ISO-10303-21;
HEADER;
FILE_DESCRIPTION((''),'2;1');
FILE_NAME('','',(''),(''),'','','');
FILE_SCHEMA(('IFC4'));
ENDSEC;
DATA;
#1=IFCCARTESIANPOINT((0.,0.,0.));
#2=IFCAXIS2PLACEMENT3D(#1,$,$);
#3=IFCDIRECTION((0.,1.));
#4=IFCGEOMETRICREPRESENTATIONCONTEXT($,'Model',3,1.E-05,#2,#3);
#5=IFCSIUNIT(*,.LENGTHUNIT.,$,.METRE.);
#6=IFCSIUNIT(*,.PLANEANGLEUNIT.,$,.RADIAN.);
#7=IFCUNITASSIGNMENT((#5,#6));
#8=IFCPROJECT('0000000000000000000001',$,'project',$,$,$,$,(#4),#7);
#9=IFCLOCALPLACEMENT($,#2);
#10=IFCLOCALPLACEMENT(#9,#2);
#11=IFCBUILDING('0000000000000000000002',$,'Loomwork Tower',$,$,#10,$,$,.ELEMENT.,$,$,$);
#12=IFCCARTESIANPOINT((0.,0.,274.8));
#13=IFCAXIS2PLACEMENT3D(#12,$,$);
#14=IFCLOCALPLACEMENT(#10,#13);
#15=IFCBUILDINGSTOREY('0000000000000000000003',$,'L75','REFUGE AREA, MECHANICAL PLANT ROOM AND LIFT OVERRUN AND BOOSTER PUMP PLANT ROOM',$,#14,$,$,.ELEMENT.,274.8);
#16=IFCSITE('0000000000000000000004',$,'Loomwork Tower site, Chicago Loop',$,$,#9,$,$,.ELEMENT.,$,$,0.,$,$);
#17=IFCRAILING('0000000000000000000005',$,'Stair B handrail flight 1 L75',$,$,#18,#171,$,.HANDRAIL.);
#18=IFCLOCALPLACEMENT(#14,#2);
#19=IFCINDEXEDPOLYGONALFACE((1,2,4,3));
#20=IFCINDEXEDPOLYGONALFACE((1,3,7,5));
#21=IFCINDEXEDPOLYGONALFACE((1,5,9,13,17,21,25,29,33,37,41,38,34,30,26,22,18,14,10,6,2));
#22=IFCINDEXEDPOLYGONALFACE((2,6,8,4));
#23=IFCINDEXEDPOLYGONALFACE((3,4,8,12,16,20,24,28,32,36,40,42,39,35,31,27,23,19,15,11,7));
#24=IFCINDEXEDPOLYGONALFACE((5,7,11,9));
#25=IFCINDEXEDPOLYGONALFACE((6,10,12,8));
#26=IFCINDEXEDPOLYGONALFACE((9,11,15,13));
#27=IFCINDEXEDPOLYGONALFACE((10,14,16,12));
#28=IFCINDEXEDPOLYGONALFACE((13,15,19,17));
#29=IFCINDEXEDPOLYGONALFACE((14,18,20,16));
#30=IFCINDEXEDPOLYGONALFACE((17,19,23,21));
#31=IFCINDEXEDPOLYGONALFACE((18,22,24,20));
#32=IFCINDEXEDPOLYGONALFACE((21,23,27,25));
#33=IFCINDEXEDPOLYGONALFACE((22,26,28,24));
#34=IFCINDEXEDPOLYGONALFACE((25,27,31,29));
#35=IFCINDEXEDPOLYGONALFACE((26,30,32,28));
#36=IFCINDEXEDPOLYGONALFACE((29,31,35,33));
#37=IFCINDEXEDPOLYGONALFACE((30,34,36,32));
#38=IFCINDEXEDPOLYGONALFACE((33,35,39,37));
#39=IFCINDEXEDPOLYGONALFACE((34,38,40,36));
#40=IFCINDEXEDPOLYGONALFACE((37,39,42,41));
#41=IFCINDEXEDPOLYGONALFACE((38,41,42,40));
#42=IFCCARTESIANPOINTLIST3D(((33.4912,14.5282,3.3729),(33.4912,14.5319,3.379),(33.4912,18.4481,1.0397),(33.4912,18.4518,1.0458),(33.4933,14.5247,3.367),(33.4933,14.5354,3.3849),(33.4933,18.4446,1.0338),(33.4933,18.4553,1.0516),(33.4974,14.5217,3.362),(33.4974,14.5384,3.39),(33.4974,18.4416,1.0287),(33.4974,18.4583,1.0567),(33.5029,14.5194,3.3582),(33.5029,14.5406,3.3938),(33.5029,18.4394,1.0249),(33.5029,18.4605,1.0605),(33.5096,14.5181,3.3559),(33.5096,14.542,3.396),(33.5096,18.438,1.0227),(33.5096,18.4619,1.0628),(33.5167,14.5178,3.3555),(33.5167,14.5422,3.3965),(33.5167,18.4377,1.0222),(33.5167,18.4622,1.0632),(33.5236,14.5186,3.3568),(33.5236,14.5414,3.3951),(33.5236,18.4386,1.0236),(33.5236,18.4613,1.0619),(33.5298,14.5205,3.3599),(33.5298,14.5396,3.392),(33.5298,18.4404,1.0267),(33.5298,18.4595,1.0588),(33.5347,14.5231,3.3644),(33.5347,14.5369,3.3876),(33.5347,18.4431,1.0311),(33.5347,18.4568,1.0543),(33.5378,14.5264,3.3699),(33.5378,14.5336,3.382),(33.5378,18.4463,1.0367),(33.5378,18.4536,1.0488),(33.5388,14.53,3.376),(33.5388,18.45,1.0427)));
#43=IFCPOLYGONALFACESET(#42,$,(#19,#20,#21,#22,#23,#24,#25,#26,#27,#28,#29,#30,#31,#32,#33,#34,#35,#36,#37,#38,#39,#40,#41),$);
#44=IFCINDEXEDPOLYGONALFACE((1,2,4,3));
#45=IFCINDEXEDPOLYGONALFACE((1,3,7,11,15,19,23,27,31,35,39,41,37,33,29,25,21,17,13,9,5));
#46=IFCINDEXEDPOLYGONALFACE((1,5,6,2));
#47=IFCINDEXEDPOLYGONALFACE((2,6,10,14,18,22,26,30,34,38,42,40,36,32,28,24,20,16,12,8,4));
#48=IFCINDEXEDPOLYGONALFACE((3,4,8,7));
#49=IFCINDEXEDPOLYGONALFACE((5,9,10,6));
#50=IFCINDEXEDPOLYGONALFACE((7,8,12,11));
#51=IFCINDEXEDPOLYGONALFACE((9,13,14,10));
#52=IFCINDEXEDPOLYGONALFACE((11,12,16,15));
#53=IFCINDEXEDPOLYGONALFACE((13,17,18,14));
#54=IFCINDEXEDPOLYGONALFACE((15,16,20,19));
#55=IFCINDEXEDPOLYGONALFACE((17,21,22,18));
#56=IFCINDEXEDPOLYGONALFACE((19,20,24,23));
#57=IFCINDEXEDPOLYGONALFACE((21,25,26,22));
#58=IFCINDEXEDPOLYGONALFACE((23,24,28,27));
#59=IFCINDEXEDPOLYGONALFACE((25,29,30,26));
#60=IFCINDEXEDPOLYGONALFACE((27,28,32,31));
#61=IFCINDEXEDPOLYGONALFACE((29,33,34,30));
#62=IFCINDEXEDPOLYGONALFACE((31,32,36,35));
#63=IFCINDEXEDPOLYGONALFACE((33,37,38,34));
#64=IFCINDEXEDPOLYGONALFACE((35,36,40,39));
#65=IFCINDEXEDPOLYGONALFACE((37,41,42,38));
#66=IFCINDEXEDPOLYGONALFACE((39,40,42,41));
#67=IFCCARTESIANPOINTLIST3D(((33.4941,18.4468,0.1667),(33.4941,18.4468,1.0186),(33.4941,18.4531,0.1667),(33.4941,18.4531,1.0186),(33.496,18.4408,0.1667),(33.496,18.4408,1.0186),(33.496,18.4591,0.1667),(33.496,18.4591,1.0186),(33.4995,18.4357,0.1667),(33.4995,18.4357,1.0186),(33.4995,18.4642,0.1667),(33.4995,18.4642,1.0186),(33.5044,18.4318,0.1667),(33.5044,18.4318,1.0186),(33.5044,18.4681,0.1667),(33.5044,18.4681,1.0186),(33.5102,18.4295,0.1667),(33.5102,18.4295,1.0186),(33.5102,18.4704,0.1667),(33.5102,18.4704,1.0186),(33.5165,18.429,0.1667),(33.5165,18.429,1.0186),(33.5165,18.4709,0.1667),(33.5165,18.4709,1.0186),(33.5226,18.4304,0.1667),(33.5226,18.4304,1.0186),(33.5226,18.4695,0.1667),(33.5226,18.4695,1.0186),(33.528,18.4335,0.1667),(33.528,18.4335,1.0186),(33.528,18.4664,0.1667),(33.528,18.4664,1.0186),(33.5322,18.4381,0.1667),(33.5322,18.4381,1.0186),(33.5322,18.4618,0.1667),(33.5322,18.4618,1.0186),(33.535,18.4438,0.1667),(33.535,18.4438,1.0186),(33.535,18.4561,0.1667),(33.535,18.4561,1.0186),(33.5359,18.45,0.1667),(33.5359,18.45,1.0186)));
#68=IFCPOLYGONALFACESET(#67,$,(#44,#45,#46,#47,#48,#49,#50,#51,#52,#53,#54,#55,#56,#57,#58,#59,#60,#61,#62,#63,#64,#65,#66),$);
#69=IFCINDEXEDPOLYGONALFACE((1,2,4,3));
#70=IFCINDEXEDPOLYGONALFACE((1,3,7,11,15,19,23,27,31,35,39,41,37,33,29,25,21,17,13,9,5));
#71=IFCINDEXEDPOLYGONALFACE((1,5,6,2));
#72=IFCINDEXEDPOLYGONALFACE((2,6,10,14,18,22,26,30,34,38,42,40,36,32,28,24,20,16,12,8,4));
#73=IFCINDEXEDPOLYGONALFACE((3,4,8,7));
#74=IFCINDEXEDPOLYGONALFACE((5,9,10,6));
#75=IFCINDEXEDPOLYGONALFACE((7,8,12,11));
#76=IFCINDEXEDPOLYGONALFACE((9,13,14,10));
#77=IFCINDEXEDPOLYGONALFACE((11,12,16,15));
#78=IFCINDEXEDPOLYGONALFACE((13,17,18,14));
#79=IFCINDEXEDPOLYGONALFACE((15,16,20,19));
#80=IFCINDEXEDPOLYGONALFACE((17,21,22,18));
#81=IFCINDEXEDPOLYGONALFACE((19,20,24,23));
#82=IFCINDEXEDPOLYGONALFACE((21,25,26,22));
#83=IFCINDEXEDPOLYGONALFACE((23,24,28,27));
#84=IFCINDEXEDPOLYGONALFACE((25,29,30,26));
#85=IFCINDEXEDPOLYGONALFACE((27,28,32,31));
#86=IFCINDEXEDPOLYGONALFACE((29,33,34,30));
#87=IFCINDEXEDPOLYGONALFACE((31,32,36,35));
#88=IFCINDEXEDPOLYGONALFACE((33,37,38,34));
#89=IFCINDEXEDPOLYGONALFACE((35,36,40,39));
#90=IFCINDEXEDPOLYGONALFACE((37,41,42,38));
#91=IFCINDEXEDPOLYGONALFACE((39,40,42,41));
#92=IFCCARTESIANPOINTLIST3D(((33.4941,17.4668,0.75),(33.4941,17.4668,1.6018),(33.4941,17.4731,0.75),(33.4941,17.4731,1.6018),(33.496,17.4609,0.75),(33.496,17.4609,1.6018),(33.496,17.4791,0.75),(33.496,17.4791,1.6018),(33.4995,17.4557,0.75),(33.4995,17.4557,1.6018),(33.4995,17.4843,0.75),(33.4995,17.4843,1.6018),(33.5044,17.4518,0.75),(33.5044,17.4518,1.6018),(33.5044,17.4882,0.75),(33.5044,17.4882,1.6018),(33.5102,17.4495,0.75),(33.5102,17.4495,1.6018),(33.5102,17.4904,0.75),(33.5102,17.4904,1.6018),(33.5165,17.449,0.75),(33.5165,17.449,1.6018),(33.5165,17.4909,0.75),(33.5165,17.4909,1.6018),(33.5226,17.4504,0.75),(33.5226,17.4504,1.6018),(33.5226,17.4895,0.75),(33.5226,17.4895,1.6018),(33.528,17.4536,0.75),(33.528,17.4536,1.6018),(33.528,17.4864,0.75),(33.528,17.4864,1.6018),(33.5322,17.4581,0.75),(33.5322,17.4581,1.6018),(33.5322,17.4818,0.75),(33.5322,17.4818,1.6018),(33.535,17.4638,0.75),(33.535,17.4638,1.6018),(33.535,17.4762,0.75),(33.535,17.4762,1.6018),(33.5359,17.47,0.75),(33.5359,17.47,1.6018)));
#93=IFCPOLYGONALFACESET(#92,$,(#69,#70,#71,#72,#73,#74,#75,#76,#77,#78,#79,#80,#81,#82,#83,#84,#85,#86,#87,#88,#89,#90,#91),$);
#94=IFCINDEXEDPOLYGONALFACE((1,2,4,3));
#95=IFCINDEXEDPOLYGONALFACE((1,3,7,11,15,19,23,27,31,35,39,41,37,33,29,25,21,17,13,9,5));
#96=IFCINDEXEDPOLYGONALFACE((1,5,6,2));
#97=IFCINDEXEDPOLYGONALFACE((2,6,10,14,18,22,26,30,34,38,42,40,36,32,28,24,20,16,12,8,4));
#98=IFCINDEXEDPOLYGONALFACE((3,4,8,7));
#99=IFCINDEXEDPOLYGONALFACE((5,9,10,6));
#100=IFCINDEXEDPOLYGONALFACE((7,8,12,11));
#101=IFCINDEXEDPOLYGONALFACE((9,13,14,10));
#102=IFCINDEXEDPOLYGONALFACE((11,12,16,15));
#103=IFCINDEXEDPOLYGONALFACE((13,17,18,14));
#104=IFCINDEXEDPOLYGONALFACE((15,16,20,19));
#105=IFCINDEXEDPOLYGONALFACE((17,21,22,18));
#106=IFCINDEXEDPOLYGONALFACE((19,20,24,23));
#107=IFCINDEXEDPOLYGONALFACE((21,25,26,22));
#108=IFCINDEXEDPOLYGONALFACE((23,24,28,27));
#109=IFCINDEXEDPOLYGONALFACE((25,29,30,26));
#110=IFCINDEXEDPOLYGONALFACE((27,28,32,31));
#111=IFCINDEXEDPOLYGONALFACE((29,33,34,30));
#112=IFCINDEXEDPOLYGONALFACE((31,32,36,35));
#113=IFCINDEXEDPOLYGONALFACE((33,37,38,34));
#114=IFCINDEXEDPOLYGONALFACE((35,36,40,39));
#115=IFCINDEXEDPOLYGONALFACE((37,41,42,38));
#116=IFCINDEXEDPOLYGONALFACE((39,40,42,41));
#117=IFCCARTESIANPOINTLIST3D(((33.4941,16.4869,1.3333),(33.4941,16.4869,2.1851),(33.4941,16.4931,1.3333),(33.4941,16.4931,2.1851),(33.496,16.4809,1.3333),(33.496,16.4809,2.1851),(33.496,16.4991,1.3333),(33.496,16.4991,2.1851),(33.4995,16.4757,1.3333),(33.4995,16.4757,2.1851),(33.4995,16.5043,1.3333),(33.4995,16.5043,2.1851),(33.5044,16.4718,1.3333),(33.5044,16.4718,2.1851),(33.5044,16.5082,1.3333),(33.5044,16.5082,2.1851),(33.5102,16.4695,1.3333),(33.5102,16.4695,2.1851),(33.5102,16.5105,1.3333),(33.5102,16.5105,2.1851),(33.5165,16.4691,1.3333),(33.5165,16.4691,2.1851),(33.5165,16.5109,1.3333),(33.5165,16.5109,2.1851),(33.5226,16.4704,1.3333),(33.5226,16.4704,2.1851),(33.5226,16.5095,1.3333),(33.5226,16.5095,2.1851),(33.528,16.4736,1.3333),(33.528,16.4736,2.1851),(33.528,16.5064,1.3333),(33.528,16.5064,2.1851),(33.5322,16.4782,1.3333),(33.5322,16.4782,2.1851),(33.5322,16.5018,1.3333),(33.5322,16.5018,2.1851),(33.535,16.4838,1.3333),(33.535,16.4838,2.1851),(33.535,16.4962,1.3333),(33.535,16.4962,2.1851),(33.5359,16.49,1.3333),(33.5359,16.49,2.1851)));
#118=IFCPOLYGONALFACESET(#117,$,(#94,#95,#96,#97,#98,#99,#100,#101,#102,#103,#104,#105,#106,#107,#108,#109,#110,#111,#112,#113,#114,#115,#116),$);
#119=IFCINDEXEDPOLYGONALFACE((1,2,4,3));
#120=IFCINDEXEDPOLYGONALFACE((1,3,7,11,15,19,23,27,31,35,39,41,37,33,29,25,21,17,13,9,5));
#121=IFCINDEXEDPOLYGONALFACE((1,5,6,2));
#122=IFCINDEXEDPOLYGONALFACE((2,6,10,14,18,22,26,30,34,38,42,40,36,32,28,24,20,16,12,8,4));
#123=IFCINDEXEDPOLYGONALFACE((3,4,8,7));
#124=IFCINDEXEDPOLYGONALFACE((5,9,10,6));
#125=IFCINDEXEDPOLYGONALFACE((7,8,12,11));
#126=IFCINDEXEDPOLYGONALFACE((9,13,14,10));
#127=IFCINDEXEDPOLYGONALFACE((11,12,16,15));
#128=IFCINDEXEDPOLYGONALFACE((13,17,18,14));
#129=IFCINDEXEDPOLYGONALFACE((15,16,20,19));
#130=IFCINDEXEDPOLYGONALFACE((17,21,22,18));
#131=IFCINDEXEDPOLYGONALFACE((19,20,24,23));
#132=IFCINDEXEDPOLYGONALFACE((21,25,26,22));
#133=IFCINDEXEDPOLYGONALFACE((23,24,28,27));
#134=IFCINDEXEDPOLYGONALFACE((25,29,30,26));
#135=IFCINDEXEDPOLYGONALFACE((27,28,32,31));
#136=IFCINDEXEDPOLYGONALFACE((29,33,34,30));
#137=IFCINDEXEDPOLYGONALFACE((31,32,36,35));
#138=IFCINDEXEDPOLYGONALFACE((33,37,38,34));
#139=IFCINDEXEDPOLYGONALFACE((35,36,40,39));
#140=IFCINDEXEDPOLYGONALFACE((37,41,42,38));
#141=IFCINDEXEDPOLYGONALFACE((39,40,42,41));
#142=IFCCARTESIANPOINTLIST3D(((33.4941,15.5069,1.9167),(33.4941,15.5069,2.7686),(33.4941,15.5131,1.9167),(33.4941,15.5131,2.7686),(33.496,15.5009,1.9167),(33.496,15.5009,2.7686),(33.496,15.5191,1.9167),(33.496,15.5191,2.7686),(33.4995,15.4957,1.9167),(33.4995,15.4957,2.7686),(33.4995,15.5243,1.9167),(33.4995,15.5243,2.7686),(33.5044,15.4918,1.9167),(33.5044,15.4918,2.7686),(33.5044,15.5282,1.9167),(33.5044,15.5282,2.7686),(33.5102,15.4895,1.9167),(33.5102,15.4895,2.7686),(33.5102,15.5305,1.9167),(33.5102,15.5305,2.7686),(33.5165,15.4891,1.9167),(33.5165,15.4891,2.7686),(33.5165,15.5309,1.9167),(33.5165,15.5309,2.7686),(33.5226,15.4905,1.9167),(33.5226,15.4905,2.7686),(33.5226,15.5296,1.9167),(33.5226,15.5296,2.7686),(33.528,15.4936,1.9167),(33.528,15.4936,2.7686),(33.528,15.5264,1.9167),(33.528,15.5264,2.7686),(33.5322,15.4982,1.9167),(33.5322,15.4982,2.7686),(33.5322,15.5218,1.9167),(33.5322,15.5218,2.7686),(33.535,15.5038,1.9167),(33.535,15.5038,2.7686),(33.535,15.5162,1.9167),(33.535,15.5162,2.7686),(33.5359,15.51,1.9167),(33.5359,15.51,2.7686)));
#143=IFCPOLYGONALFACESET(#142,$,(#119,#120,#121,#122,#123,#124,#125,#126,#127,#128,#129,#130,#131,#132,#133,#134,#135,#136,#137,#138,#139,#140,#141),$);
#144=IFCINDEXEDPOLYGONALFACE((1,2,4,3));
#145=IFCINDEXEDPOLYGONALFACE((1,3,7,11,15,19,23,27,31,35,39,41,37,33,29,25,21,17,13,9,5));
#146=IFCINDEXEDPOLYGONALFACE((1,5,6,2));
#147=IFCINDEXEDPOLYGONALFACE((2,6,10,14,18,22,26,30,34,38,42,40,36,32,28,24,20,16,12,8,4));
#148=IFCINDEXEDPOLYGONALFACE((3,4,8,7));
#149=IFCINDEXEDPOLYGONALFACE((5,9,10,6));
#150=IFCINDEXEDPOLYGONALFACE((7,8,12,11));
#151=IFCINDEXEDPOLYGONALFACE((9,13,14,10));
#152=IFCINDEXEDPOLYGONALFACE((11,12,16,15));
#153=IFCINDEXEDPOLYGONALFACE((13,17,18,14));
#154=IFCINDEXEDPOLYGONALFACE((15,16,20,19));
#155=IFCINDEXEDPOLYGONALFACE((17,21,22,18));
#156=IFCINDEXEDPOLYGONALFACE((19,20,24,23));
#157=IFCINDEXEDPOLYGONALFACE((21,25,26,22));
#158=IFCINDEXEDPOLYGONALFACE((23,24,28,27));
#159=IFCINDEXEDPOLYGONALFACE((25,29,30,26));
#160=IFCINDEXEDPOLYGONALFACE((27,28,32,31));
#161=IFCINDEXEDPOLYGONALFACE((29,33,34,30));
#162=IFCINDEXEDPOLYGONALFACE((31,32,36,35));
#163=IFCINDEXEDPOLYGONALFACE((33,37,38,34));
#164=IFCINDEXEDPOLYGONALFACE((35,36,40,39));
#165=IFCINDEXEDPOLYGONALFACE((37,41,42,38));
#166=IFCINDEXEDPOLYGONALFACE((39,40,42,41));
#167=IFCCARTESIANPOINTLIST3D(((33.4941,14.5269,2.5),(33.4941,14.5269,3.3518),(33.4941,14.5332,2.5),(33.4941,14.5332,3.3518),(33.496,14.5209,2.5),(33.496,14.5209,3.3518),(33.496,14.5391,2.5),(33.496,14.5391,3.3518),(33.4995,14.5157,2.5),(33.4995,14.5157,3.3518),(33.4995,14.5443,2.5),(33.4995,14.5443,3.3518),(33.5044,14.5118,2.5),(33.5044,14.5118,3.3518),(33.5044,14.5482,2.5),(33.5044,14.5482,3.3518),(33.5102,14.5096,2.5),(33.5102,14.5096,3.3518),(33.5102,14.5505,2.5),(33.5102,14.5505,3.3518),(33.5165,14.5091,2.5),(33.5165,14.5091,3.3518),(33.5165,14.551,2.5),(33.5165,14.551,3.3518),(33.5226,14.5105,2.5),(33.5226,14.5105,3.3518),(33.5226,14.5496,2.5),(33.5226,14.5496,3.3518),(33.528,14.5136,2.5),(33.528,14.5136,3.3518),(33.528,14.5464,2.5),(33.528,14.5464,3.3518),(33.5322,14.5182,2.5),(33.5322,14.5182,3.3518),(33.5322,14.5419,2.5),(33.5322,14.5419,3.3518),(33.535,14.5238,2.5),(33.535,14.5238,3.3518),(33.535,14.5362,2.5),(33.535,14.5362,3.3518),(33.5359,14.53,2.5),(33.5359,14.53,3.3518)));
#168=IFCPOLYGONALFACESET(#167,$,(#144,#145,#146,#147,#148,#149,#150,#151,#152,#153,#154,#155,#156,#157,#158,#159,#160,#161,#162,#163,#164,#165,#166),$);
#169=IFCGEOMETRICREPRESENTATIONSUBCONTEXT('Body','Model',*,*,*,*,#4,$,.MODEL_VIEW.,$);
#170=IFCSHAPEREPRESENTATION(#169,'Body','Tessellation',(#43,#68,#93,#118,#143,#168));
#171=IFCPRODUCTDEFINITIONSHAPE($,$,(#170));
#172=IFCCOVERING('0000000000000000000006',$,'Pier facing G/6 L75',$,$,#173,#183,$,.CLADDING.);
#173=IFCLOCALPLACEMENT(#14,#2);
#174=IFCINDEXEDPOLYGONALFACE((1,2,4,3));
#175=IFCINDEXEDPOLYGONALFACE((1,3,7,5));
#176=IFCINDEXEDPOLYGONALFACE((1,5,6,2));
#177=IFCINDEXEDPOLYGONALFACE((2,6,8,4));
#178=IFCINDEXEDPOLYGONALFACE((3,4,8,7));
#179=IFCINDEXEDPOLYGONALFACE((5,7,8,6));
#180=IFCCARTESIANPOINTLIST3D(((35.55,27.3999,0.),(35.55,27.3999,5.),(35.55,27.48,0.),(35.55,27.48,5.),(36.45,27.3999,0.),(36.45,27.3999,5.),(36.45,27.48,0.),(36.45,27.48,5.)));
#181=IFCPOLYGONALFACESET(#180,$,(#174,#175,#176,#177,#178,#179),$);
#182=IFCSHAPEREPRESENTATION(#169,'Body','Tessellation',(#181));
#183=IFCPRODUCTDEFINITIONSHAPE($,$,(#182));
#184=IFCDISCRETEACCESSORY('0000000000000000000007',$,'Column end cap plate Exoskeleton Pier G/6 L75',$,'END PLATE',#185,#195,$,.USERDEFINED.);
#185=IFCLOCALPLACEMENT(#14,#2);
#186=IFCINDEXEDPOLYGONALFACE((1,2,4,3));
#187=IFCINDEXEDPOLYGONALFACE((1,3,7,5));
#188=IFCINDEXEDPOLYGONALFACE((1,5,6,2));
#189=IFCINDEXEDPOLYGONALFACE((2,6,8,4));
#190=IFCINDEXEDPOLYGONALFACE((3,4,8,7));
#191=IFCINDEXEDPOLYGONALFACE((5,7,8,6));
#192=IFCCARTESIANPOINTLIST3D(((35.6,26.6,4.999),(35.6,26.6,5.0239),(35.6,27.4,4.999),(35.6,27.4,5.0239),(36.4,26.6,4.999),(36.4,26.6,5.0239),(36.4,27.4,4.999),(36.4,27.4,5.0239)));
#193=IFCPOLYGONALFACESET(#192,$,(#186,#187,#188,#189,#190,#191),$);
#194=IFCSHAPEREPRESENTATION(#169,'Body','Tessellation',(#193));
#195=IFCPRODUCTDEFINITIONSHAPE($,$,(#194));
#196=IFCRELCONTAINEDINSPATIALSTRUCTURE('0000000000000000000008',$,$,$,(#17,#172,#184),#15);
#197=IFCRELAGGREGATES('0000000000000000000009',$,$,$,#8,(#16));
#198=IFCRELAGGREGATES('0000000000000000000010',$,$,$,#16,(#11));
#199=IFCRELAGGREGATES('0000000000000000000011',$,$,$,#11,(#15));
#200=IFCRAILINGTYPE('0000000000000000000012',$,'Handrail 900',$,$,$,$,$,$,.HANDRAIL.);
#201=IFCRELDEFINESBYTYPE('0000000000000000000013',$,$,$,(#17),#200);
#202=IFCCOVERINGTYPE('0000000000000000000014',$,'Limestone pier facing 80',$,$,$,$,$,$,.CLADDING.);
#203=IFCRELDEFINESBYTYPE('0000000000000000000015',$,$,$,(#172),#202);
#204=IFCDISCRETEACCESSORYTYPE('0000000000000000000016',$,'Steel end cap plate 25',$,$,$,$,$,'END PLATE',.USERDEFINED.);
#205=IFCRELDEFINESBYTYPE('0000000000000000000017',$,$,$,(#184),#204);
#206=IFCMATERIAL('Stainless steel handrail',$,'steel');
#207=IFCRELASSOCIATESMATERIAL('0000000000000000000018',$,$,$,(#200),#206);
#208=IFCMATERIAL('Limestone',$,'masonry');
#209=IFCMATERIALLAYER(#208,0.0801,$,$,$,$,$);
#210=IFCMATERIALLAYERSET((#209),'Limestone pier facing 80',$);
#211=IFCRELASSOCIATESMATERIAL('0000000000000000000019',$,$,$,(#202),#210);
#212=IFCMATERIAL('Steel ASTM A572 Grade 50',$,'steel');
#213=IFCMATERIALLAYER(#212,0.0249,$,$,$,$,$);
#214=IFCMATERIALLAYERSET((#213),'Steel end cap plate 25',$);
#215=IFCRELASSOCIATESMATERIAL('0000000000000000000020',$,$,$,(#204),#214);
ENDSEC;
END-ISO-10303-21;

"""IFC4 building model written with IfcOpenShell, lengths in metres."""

from ifc_helpers import new_model, si_unit, direction, frame, origin, origin_2d, place, context, subcontext, project, spatial, rectangle, circle, extrude, material, layer, layer_set, type_object, element, save


model = new_model("IFC4")

# Units and contexts
model_context = context("Model", 3, precision=1e-05, world=origin(), true_north=direction((0.0, 1.0)))
body_context = subcontext(model_context, "Body", "Model", "MODEL_VIEW")
ifc_project = project(units=[si_unit("LENGTHUNIT", "METRE"), si_unit("PLANEANGLEUNIT", "RADIAN")], contexts=[model_context])

# Site, building, storey
site_placement = place(None, origin())
site = spatial("IfcSite", under=ifc_project, at=site_placement, Name="Loomwork Tower site, Chicago Loop", CompositionType="ELEMENT", RefElevation=0.0)
building_placement = place(site_placement, origin())
building = spatial("IfcBuilding", under=site, at=building_placement, Name="Loomwork Tower", CompositionType="ELEMENT")
storey_placement = place(building_placement, frame((0.0, 0.0, 274.8)))
storey = spatial("IfcBuildingStorey", under=building, at=storey_placement, Name="L75", Description="REFUGE AREA, MECHANICAL PLANT ROOM AND LIFT OVERRUN AND BOOSTER PUMP PLANT ROOM", CompositionType="ELEMENT", Elevation=274.8)

# Railing
ifc_material_1 = material(Name="Stainless steel handrail", Category="steel")
railing_type = type_object("IfcRailingType", Name="Handrail 900", PredefinedType="HANDRAIL", material=ifc_material_1)
railing_placement = place(storey_placement, frame((33.5149, 18.45, 0.1667)))
element("IfcRailing", 1, at=railing_placement, inside=storey, type_object=railing_type, Name="Stair B handrail flight 1 L75", PredefinedType="HANDRAIL", context=body_context, shape_type="SweptSolid", body=[
    extrude(circle(Radius=0.0239, at=origin_2d()), frame((0.0, 0.0, 0.876), z_axis=(0.0, -0.859296, 0.511478), x_axis=(1.0, 0.0, 0.0)), (0.0, 0.0, 1.0), 4.5618),
    extrude(circle(Radius=0.021, at=origin_2d()), origin(), (0.0, 0.0, 1.0), 0.8518),
    extrude(circle(Radius=0.021, at=origin_2d()), frame((0.0, -0.98, 0.5833)), (0.0, 0.0, 1.0), 0.8518),
    extrude(circle(Radius=0.021, at=origin_2d()), frame((0.0, -1.96, 1.1665)), (0.0, 0.0, 1.0), 0.8518),
    extrude(circle(Radius=0.021, at=origin_2d()), frame((0.0, -2.9399, 1.75)), (0.0, 0.0, 1.0), 0.8518),
    extrude(circle(Radius=0.021, at=origin_2d()), frame((0.0, -3.9199, 2.3333)), (0.0, 0.0, 1.0), 0.8518),
])

# Covering
ifc_material_2 = material(Name="Limestone", Category="masonry")
ifc_layer_1 = layer(ifc_material_2, 0.0801)
ifc_layer_set_1 = layer_set([ifc_layer_1], Name="Limestone pier facing 80")
covering_type = type_object("IfcCoveringType", Name="Limestone pier facing 80", PredefinedType="CLADDING", material=ifc_layer_set_1)
covering_placement = place(storey_placement, frame((36.0, 27.4399, 0.0), z_axis=(0.0, 0.0, 1.0), x_axis=(1.0, 0.0, 0.0)))
element("IfcCovering", 2, at=covering_placement, inside=storey, type_object=covering_type, Name="Pier facing G/6 L75", PredefinedType="CLADDING", context=body_context, shape_type="SweptSolid", body=[
    extrude(rectangle(XDim=0.8999, YDim=0.0801, at=origin_2d()), origin(), (0.0, 0.0, 1.0), 5.0),
])

# Discrete accessory
ifc_material_3 = material(Name="Steel ASTM A572 Grade 50", Category="steel")
ifc_layer_2 = layer(ifc_material_3, 0.0249)
ifc_layer_set_2 = layer_set([ifc_layer_2], Name="Steel end cap plate 25")
discrete_accessory_type = type_object("IfcDiscreteAccessoryType", Name="Steel end cap plate 25", ElementType="END PLATE", PredefinedType="USERDEFINED", material=ifc_layer_set_2)
discrete_accessory_placement = place(storey_placement, frame((36.0, 27.0, 4.999), z_axis=(0.0, 0.0, 1.0), x_axis=(1.0, 0.0, 0.0)))
element("IfcDiscreteAccessory", 3, at=discrete_accessory_placement, inside=storey, type_object=discrete_accessory_type, Name="Column end cap plate Exoskeleton Pier G/6 L75", ObjectType="END PLATE", PredefinedType="USERDEFINED", context=body_context, shape_type="SweptSolid", body=[
    extrude(rectangle(XDim=0.8, YDim=0.8, at=origin_2d()), origin(), (0.0, 0.0, 1.0), 0.0249),
])

save(model, "model.ifc")
